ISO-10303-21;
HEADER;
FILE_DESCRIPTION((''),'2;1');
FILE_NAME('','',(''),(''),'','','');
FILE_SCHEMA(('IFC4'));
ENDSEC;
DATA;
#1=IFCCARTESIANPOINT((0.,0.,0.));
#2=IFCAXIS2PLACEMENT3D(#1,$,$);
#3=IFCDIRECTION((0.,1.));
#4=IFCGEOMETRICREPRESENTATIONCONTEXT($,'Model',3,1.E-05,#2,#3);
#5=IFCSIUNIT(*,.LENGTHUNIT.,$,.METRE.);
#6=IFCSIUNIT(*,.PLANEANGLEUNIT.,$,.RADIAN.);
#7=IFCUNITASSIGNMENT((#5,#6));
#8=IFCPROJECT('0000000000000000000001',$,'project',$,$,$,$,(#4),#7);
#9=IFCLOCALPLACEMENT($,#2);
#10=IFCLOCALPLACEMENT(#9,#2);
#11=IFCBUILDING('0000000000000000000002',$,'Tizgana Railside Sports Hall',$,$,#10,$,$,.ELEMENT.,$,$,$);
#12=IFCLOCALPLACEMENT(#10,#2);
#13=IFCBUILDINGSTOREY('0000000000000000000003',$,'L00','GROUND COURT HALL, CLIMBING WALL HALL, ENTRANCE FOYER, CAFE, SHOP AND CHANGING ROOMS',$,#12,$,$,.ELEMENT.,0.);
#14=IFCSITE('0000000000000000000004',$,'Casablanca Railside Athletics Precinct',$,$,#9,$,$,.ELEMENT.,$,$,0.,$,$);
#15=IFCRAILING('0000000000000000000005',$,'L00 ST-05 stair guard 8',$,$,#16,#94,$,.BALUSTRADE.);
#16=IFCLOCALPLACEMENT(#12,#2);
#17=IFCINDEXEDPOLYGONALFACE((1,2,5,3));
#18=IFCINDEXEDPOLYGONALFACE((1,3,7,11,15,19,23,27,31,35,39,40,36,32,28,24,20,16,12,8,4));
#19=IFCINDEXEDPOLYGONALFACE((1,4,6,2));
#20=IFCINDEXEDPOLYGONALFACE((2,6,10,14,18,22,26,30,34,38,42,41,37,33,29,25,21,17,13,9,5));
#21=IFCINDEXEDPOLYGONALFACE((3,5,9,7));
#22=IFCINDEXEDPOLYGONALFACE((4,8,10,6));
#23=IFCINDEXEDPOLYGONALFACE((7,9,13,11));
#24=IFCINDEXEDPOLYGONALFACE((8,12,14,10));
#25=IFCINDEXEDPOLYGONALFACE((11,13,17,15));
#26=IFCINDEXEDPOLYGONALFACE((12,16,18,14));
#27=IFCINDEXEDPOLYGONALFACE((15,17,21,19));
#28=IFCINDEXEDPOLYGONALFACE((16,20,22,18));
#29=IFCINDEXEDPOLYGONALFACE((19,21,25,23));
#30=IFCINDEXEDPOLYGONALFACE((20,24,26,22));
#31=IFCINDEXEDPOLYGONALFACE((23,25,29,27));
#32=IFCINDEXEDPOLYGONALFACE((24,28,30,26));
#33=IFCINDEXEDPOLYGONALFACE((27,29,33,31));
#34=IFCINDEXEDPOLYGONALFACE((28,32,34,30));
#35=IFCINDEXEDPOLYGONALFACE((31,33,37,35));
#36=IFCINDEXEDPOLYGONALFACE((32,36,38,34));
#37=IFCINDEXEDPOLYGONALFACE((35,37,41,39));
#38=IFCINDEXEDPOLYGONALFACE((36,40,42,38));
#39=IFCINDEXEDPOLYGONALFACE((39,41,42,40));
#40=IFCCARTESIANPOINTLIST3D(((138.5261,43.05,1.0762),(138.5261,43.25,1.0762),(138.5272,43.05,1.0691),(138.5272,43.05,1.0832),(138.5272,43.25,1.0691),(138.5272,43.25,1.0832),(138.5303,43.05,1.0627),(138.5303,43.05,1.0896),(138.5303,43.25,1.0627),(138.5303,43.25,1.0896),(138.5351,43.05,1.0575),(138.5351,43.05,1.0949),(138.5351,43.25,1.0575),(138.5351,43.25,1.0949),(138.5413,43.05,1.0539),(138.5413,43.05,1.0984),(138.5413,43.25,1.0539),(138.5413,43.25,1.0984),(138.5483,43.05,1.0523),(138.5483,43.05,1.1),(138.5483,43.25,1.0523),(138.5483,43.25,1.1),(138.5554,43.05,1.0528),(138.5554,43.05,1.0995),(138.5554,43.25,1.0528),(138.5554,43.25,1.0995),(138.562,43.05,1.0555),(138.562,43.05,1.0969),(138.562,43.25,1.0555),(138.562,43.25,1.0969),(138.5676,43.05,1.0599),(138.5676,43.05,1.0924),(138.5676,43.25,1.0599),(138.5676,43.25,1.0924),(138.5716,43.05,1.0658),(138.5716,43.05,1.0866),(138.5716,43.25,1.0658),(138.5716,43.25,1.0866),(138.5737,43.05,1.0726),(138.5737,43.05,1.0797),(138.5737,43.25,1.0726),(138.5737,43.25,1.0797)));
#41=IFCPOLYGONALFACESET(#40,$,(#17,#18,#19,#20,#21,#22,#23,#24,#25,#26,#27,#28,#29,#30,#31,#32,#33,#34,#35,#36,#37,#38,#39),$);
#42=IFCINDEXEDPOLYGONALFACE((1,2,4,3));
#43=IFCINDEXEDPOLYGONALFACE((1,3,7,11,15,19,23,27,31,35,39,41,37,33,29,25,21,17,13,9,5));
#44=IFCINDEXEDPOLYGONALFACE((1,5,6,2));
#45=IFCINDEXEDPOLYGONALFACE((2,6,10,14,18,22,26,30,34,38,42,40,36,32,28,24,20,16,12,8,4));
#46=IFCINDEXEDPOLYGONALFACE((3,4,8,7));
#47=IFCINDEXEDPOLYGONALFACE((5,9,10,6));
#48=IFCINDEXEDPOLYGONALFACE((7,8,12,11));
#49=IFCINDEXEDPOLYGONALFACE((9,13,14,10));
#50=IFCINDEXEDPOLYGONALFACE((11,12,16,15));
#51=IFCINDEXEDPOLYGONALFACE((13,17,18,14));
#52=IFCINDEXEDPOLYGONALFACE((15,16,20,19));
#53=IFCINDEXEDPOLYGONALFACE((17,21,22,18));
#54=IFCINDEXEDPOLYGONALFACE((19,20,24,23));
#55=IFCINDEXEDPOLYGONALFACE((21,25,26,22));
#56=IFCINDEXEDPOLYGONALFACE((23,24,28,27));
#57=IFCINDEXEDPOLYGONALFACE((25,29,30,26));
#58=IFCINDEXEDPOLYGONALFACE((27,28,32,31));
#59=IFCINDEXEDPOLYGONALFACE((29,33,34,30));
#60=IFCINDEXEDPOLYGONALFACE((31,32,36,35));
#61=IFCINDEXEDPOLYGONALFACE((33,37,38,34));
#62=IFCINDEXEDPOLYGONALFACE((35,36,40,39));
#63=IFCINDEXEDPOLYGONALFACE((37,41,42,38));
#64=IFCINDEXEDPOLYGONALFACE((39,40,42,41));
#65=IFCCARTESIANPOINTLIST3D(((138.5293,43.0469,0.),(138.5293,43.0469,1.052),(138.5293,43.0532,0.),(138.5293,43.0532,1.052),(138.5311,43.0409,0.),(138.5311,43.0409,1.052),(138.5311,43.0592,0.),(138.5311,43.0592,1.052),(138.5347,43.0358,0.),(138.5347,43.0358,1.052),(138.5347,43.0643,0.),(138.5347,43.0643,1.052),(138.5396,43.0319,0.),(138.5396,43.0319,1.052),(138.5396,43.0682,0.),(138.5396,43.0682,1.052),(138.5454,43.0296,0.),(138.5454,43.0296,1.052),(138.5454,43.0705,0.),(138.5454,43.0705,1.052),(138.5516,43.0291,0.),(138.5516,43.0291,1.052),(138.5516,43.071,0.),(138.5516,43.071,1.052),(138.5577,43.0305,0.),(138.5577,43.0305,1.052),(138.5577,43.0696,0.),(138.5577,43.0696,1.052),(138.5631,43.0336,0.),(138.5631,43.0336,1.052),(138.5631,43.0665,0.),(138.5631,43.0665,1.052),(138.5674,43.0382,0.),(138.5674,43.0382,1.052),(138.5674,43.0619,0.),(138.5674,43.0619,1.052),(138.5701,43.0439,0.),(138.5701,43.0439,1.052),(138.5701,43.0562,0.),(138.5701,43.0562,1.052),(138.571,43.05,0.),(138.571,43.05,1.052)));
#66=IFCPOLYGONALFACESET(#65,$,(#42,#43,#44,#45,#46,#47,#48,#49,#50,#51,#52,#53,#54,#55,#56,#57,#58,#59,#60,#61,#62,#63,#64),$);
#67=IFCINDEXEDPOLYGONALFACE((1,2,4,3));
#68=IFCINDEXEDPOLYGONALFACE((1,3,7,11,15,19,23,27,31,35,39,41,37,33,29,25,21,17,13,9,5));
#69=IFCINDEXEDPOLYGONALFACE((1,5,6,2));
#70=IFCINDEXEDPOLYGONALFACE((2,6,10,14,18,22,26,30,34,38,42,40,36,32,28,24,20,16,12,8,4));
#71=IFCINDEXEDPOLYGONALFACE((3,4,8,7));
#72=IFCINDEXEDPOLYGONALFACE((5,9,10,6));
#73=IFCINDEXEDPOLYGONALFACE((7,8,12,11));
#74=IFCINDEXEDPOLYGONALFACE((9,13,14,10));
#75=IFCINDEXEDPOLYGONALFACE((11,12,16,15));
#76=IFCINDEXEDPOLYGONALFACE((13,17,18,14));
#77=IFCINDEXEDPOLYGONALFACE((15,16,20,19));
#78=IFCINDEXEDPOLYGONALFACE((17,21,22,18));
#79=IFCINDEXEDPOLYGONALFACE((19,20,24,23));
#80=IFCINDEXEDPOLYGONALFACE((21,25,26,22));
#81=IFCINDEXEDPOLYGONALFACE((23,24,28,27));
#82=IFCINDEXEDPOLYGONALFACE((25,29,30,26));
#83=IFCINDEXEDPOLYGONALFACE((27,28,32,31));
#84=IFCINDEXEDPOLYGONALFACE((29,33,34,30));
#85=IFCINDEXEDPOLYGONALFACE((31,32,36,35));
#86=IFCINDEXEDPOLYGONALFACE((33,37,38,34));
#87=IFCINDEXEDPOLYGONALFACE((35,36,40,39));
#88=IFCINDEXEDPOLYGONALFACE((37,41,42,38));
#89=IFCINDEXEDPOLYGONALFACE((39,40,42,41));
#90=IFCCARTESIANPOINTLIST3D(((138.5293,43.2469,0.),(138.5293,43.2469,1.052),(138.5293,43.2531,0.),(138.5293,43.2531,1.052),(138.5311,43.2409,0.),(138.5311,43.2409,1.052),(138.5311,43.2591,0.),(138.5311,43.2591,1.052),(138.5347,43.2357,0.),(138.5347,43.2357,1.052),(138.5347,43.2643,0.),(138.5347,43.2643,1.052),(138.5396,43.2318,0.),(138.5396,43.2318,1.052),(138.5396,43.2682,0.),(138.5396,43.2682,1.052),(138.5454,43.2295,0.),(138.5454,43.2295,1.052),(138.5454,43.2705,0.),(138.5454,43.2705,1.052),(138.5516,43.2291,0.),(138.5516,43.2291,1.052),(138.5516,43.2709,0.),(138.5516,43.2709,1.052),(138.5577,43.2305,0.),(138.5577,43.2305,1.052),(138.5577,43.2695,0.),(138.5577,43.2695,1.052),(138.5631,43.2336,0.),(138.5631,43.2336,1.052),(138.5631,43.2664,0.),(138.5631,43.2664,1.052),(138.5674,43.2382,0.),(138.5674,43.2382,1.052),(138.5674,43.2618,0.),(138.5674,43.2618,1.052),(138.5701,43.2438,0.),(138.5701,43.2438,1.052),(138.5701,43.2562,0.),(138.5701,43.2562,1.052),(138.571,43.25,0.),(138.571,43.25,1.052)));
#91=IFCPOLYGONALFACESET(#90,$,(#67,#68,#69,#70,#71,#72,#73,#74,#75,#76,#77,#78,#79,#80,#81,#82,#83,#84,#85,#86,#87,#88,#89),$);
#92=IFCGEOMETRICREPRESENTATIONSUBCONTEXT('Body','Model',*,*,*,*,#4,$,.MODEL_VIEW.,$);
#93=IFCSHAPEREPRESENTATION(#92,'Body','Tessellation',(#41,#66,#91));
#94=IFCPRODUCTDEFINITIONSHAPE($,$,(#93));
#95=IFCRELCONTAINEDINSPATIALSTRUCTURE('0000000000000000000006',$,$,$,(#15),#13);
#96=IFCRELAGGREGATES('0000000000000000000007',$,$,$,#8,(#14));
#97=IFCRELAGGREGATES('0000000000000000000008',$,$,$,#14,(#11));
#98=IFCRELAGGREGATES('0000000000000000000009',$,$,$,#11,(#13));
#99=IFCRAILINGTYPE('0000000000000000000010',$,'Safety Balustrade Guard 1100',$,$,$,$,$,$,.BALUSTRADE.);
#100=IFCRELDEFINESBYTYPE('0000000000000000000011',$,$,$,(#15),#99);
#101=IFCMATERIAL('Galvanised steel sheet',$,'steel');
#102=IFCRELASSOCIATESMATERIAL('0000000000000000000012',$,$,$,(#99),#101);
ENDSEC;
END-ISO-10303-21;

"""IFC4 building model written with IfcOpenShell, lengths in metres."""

from ifc_helpers import new_model, si_unit, direction, frame, origin, origin_2d, place, context, subcontext, project, spatial, circle, extrude, material, type_object, element, save


model = new_model("IFC4")

# Units and contexts
model_context = context("Model", 3, precision=1e-05, world=origin(), true_north=direction((0.0, 1.0)))
body_context = subcontext(model_context, "Body", "Model", "MODEL_VIEW")
ifc_project = project(units=[si_unit("LENGTHUNIT", "METRE"), si_unit("PLANEANGLEUNIT", "RADIAN")], contexts=[model_context])

# Site, building, storey
site_placement = place(None, origin())
site = spatial("IfcSite", under=ifc_project, at=site_placement, Name="Casablanca Railside Athletics Precinct", CompositionType="ELEMENT", RefElevation=0.0)
building_placement = place(site_placement, origin())
building = spatial("IfcBuilding", under=site, at=building_placement, Name="Tizgana Railside Sports Hall", CompositionType="ELEMENT")
storey_placement = place(building_placement, origin())
storey = spatial("IfcBuildingStorey", under=building, at=storey_placement, Name="L00", Description="GROUND COURT HALL, CLIMBING WALL HALL, ENTRANCE FOYER, CAFE, SHOP AND CHANGING ROOMS", CompositionType="ELEMENT", Elevation=0.0)

# Railing
ifc_material_1 = material(Name="Galvanised steel sheet", Category="steel")
railing_type_1 = type_object("IfcRailingType", Name="Safety Balustrade Guard 1100", PredefinedType="BALUSTRADE", material=ifc_material_1)
railing_1_placement = place(storey_placement, frame((138.55, 43.05, 0.0)))
element("IfcRailing", 1, at=railing_1_placement, inside=storey, type_object=railing_type_1, Name="L00 ST-05 stair guard 8", PredefinedType="BALUSTRADE", context=body_context, shape_type="SweptSolid", body=[
    extrude(circle(Radius=0.0239, at=origin_2d()), frame((0.0, 0.0, 1.0762), z_axis=(0.0, 1.0, 0.0), x_axis=(-1.0, 0.0, 0.0)), (0.0, 0.0, 1.0), 0.2),
    extrude(circle(Radius=0.021, at=origin_2d()), origin(), (0.0, 0.0, 1.0), 1.052),
    extrude(circle(Radius=0.021, at=origin_2d()), frame((0.0, 0.2, 0.0)), (0.0, 0.0, 1.0), 1.052),
])

save(model, "model.ifc")
